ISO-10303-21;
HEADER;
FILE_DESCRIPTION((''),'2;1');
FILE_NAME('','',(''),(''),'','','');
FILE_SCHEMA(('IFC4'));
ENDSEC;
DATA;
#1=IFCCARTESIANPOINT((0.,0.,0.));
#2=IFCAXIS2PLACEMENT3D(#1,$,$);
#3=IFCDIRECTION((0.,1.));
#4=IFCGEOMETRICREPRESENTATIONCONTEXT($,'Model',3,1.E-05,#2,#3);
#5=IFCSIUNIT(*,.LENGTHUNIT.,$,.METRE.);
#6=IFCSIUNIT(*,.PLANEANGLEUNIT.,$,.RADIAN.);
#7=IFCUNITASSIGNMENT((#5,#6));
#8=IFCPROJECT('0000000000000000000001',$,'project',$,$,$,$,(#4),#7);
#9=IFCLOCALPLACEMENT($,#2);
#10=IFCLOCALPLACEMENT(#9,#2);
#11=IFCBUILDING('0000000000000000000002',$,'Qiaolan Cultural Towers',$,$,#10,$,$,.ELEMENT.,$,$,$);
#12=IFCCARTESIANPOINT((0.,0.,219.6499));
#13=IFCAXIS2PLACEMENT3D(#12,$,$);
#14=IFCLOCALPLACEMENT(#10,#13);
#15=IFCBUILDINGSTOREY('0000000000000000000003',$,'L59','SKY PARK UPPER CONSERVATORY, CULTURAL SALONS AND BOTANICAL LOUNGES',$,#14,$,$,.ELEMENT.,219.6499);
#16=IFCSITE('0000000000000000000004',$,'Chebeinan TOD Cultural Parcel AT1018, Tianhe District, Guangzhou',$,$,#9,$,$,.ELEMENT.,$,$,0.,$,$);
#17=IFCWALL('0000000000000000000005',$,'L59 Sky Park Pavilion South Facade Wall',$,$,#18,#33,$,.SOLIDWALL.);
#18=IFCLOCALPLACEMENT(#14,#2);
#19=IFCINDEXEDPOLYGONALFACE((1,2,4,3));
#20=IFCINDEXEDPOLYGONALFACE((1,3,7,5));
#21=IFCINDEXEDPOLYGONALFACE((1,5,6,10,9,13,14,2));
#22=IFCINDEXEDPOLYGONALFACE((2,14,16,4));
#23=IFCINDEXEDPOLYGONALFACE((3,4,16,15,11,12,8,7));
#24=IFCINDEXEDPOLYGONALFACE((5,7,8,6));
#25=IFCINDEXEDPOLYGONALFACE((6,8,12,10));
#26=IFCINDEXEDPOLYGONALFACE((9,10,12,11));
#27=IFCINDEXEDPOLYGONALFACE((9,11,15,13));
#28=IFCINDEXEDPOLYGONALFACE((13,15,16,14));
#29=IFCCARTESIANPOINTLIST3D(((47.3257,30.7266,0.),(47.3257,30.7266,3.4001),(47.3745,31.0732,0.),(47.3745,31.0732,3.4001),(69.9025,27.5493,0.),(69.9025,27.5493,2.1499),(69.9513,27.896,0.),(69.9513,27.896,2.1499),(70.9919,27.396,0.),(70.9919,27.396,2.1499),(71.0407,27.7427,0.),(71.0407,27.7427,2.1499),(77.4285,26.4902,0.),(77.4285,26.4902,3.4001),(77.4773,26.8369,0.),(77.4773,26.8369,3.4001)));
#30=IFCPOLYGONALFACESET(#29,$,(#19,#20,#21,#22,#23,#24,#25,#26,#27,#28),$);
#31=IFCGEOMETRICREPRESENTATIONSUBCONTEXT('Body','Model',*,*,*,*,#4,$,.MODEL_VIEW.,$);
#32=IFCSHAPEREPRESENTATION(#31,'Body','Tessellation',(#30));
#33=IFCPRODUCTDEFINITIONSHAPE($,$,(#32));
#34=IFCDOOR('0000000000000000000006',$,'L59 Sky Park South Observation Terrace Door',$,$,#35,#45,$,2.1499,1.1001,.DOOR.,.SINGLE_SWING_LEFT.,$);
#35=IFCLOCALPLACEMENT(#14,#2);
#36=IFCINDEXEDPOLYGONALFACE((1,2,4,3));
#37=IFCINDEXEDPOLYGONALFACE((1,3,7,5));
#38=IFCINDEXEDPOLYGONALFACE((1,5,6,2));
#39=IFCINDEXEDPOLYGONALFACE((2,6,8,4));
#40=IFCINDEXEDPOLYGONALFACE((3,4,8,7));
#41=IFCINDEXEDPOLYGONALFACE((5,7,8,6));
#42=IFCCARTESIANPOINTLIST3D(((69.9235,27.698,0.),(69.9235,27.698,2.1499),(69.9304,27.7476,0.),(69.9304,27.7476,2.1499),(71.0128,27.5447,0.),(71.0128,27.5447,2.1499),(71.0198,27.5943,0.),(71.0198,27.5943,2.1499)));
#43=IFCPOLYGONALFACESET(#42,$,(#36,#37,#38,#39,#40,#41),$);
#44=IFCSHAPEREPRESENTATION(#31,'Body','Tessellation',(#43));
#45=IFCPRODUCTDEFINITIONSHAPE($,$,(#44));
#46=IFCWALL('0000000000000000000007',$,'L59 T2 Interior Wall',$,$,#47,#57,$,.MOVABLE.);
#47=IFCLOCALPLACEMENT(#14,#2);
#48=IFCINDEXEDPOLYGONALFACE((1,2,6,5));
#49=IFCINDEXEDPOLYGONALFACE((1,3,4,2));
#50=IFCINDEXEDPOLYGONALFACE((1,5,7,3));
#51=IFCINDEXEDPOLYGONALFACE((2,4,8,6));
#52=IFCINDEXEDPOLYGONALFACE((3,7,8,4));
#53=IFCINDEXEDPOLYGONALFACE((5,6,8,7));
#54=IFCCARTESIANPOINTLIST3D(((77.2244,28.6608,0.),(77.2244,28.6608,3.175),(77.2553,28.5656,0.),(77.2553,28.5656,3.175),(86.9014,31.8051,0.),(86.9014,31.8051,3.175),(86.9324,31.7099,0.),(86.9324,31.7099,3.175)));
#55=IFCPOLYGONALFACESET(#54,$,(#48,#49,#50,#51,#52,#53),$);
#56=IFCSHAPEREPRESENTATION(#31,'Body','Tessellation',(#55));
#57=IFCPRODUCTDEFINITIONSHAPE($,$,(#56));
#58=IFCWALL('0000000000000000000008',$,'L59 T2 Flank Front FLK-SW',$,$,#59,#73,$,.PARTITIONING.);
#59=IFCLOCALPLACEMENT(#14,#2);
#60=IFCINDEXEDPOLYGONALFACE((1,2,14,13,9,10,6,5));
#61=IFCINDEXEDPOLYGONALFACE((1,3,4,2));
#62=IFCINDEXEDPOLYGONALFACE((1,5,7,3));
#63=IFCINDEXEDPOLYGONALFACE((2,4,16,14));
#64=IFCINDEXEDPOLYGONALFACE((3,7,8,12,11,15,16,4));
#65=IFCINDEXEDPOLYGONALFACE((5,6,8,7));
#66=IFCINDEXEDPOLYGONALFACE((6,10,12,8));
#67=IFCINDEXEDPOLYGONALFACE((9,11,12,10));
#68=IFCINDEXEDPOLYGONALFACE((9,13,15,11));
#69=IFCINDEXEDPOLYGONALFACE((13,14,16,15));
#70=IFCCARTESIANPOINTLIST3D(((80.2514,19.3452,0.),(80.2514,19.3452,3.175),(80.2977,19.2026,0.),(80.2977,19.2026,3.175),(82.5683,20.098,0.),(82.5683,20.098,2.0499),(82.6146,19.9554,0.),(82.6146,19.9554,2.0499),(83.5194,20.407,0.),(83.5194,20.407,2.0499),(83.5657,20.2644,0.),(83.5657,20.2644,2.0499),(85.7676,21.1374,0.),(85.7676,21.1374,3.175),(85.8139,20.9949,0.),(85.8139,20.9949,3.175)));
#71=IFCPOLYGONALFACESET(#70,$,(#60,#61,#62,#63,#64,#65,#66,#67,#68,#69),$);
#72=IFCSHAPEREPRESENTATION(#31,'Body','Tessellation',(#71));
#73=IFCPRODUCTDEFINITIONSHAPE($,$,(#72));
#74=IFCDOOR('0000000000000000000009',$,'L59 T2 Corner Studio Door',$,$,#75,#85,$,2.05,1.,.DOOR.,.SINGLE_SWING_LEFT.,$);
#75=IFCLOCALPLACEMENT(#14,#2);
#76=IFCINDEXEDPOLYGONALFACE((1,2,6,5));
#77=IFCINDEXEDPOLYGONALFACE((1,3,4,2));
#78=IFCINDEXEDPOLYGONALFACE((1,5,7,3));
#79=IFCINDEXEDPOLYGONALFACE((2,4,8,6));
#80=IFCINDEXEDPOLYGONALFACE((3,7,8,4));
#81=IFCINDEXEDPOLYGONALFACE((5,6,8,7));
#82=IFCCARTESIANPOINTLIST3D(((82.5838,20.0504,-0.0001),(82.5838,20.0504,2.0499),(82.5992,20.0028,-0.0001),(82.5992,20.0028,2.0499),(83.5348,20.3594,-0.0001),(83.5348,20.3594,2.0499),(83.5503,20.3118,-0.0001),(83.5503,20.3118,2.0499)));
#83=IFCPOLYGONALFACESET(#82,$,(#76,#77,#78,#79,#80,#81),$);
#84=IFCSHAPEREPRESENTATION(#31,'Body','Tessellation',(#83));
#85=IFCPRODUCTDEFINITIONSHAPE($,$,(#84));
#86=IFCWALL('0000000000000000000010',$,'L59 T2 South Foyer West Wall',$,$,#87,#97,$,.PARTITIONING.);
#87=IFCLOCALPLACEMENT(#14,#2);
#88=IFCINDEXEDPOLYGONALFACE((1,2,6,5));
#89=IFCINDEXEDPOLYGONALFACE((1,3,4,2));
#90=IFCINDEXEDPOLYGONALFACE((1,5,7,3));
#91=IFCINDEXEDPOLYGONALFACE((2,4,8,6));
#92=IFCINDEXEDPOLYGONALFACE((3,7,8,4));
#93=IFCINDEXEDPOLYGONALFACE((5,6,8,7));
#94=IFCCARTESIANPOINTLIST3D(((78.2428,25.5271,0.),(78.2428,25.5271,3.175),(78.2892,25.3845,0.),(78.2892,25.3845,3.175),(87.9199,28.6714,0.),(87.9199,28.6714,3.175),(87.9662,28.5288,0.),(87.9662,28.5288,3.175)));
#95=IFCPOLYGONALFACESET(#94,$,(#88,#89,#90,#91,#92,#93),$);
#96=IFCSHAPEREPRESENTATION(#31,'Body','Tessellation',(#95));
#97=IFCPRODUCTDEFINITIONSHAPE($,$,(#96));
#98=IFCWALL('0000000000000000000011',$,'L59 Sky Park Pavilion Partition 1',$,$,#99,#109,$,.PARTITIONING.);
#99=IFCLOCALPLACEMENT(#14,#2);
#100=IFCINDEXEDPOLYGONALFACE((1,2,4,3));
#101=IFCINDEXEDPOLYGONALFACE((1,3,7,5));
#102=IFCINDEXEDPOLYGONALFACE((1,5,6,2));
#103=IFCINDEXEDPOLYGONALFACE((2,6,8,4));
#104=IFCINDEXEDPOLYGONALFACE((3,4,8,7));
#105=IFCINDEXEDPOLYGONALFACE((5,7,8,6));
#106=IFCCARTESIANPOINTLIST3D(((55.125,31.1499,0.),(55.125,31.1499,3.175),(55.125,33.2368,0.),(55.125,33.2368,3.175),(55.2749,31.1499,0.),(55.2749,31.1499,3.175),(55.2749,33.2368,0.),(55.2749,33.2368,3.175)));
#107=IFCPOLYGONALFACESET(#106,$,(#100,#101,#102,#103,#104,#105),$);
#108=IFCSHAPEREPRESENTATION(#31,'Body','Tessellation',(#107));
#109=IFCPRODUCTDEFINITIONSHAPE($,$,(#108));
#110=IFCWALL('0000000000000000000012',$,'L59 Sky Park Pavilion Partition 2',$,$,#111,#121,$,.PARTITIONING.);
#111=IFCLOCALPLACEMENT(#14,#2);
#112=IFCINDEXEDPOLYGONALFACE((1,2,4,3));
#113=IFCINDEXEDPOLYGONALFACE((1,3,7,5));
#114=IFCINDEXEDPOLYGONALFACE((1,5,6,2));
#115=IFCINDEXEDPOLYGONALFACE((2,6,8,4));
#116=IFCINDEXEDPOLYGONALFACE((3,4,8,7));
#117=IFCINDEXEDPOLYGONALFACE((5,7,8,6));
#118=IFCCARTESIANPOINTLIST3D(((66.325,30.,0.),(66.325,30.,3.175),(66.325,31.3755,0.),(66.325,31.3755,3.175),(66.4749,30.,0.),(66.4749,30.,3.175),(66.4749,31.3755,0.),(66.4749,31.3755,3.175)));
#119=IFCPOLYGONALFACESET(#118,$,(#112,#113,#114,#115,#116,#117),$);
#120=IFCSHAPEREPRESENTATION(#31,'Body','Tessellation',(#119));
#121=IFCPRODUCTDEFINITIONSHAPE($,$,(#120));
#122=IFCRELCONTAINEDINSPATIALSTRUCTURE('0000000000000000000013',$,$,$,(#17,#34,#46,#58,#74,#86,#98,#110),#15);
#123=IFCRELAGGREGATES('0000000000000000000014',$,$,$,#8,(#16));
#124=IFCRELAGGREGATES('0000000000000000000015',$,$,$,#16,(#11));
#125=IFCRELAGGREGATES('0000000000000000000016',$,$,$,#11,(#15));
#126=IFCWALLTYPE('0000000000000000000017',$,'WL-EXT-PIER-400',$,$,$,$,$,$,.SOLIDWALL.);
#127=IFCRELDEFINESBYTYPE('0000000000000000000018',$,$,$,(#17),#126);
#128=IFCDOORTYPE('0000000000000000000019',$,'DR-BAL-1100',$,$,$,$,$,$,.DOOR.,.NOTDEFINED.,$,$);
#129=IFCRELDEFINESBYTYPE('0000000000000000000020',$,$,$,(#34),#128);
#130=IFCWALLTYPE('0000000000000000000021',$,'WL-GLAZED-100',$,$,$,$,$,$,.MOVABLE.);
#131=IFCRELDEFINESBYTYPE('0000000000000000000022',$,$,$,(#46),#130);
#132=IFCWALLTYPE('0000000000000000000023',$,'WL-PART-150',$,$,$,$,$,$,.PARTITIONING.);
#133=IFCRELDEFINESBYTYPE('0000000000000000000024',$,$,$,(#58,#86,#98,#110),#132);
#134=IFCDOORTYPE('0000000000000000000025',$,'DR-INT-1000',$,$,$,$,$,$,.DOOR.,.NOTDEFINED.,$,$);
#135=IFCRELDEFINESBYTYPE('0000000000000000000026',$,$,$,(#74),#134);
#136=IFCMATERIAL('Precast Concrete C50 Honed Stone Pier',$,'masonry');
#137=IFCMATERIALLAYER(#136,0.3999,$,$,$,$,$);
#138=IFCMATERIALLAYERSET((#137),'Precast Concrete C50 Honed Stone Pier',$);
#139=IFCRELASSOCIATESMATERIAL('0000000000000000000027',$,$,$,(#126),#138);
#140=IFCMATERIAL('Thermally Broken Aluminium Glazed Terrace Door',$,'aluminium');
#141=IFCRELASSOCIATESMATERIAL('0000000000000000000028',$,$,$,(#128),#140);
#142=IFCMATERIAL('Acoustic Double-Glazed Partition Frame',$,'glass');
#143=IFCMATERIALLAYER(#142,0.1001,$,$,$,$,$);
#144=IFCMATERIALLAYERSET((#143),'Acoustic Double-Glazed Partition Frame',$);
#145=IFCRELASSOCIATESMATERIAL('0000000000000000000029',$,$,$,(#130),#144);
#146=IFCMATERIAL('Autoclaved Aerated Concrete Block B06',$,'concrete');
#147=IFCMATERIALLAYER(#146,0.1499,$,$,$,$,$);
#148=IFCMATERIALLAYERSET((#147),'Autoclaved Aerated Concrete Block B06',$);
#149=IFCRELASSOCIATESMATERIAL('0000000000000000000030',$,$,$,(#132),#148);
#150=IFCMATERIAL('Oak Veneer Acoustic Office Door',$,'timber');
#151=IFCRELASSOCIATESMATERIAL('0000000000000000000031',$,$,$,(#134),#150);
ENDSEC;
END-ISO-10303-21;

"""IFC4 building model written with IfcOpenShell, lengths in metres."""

from ifc_helpers import new_model, si_unit, direction, frame, frame_2d, origin, place, context, subcontext, project, spatial, rectangle, extrude, material, layer, layer_set, type_object, element, fill, save


model = new_model("IFC4")

# Units and contexts
model_context = context("Model", 3, precision=1e-05, world=origin(), true_north=direction((0.0, 1.0)))
body_context = subcontext(model_context, "Body", "Model", "MODEL_VIEW")
ifc_project = project(units=[si_unit("LENGTHUNIT", "METRE"), si_unit("PLANEANGLEUNIT", "RADIAN")], contexts=[model_context])

# Site, building, storey
site_placement = place(None, origin())
site = spatial("IfcSite", under=ifc_project, at=site_placement, Name="Chebeinan TOD Cultural Parcel AT1018, Tianhe District, Guangzhou", CompositionType="ELEMENT", RefElevation=0.0)
building_placement = place(site_placement, origin())
building = spatial("IfcBuilding", under=site, at=building_placement, Name="Qiaolan Cultural Towers", CompositionType="ELEMENT")
storey_placement = place(building_placement, frame((0.0, 0.0, 219.6499)))
storey = spatial("IfcBuildingStorey", under=building, at=storey_placement, Name="L59", Description="SKY PARK UPPER CONSERVATORY, CULTURAL SALONS AND BOTANICAL LOUNGES", CompositionType="ELEMENT", Elevation=219.6499)

# Shared definitions
ifc_material_1 = material(Name="Precast Concrete C50 Honed Stone Pier", Category="masonry")
ifc_layer_1 = layer(ifc_material_1, 0.3999)
ifc_layer_set_1 = layer_set([ifc_layer_1], Name="Precast Concrete C50 Honed Stone Pier")
wall_type_1 = type_object("IfcWallType", Name="WL-EXT-PIER-400", PredefinedType="SOLIDWALL", material=ifc_layer_set_1)

# Wall, opening, door
wall_1_placement = place(storey_placement, frame((77.4529, 26.6636, 0.0), z_axis=(0.0, 0.0, 1.0), x_axis=(-0.990242, 0.139356, 0.0)))
wall_1 = element("IfcWall", 1, at=wall_1_placement, inside=storey, type_object=wall_type_1, Name="L59 Sky Park Pavilion South Facade Wall", PredefinedType="SOLIDWALL", context=body_context, shape_type="SweptSolid", body=[
    extrude(rectangle(XDim=30.3994, YDim=0.3501, at=frame_2d((15.1997, 0.0))), origin(), (0.0, 0.0, 1.0), 3.4001),
])
opening_1_placement = place(wall_1_placement, frame((6.5, 0.0, 0.0)))
opening_1 = element("IfcOpeningElement", 2, at=opening_1_placement, cuts=wall_1, PredefinedType="OPENING", context=body_context, shape_type="SweptSolid", body=[
    extrude(rectangle(XDim=1.1001, YDim=2.1499, at=frame_2d((0.55, 1.075))), frame((0.0, 0.1851, 0.0), z_axis=(0.0, -1.0, 0.0), x_axis=(1.0, 0.0, 0.0)), (0.0, 0.0, 1.0), 0.3701),
])
ifc_material_2 = material(Name="Thermally Broken Aluminium Glazed Terrace Door", Category="aluminium")
door_type_1 = type_object("IfcDoorType", Name="DR-BAL-1100", OperationType="NOTDEFINED", PredefinedType="DOOR", material=ifc_material_2)
door_1_placement = place(opening_1_placement, origin())
door_1 = element("IfcDoor", 3, at=door_1_placement, inside=storey, type_object=door_type_1, Name="L59 Sky Park South Observation Terrace Door", OperationType="SINGLE_SWING_LEFT", OverallHeight=2.1499, OverallWidth=1.1001, PredefinedType="DOOR", context=body_context, shape_type="SweptSolid", body=[
    extrude(rectangle(XDim=1.1001, YDim=2.1499, at=frame_2d((0.55, 1.075))), frame((0.0, 0.0249, 0.0), z_axis=(0.0, -1.0, 0.0), x_axis=(1.0, 0.0, 0.0)), (0.0, 0.0, 1.0), 0.05),
])
fill(opening_1, door_1)

# Wall
ifc_material_3 = material(Name="Acoustic Double-Glazed Partition Frame", Category="glass")
ifc_layer_2 = layer(ifc_material_3, 0.1001)
ifc_layer_set_2 = layer_set([ifc_layer_2], Name="Acoustic Double-Glazed Partition Frame")
wall_type_2 = type_object("IfcWallType", Name="WL-GLAZED-100", PredefinedType="MOVABLE", material=ifc_layer_set_2)
wall_2_placement = place(storey_placement, frame((77.24, 28.6133, 0.0), z_axis=(0.0, 0.0, 1.0), x_axis=(0.951055, 0.30902, 0.0)))
element("IfcWall", 4, at=wall_2_placement, inside=storey, type_object=wall_type_2, Name="L59 T2 Interior Wall", PredefinedType="MOVABLE", context=body_context, shape_type="SweptSolid", body=[
    extrude(rectangle(XDim=10.175, YDim=0.1001, at=frame_2d((5.0874, 0.0))), origin(), (0.0, 0.0, 1.0), 3.175),
])

# Wall, opening, door
ifc_material_4 = material(Name="Autoclaved Aerated Concrete Block B06", Category="concrete")
ifc_layer_3 = layer(ifc_material_4, 0.1499)
ifc_layer_set_3 = layer_set([ifc_layer_3], Name="Autoclaved Aerated Concrete Block B06")
wall_type_3 = type_object("IfcWallType", Name="WL-PART-150", PredefinedType="PARTITIONING", material=ifc_layer_set_3)
wall_3_placement = place(storey_placement, frame((80.2747, 19.2739, 0.0), z_axis=(0.0, 0.0, 1.0), x_axis=(0.951059, 0.309008, 0.0)))
wall_3 = element("IfcWall", 5, at=wall_3_placement, inside=storey, type_object=wall_type_3, Name="L59 T2 Flank Front FLK-SW", PredefinedType="PARTITIONING", context=body_context, shape_type="SweptSolid", body=[
    extrude(rectangle(XDim=5.8, YDim=0.1499, at=frame_2d((2.8999, 0.0))), origin(), (0.0, 0.0, 1.0), 3.175),
])
opening_2_placement = place(wall_3_placement, frame((2.436, 0.0, 0.0)))
opening_2 = element("IfcOpeningElement", 6, at=opening_2_placement, cuts=wall_3, PredefinedType="OPENING", context=body_context, shape_type="SweptSolid", body=[
    extrude(rectangle(XDim=1.0, YDim=2.05, at=frame_2d((0.5, 1.0249))), frame((0.0, 0.085, 0.0), z_axis=(0.0, -1.0, 0.0), x_axis=(1.0, 0.0, 0.0)), (0.0, 0.0, 1.0), 0.1699),
])
ifc_material_5 = material(Name="Oak Veneer Acoustic Office Door", Category="timber")
door_type_2 = type_object("IfcDoorType", Name="DR-INT-1000", OperationType="NOTDEFINED", PredefinedType="DOOR", material=ifc_material_5)
door_2_placement = place(opening_2_placement, origin())
door_2 = element("IfcDoor", 7, at=door_2_placement, inside=storey, type_object=door_type_2, Name="L59 T2 Corner Studio Door", OperationType="SINGLE_SWING_LEFT", OverallHeight=2.05, OverallWidth=1.0, PredefinedType="DOOR", context=body_context, shape_type="SweptSolid", body=[
    extrude(rectangle(XDim=1.0, YDim=2.05, at=frame_2d((0.5, 1.0249))), frame((0.0, 0.0249, 0.0), z_axis=(0.0, -1.0, 0.0), x_axis=(1.0, 0.0, 0.0)), (0.0, 0.0, 1.0), 0.05),
])
fill(opening_2, door_2)

# Walls
wall_4_placement = place(storey_placement, frame((78.2661, 25.4558, 0.0), z_axis=(0.0, 0.0, 1.0), x_axis=(0.951055, 0.30902, 0.0)))
element("IfcWall", 8, at=wall_4_placement, inside=storey, type_object=wall_type_3, Name="L59 T2 South Foyer West Wall", PredefinedType="PARTITIONING", context=body_context, shape_type="SweptSolid", body=[
    extrude(rectangle(XDim=10.175, YDim=0.1499, at=frame_2d((5.0874, 0.0))), origin(), (0.0, 0.0, 1.0), 3.175),
])
wall_5_placement = place(storey_placement, frame((55.2, 31.1499, 0.0), z_axis=(0.0, 0.0, 1.0), x_axis=(0.0, 1.0, 0.0)))
element("IfcWall", 9, at=wall_5_placement, inside=storey, type_object=wall_type_3, Name="L59 Sky Park Pavilion Partition 1", PredefinedType="PARTITIONING", context=body_context, shape_type="SweptSolid", body=[
    extrude(rectangle(XDim=2.0869, YDim=0.1499, at=frame_2d((1.0435, 0.0))), origin(), (0.0, 0.0, 1.0), 3.175),
])
wall_6_placement = place(storey_placement, frame((66.3999, 30.0, 0.0), z_axis=(0.0, 0.0, 1.0), x_axis=(0.0, 1.0, 0.0)))
element("IfcWall", 10, at=wall_6_placement, inside=storey, type_object=wall_type_3, Name="L59 Sky Park Pavilion Partition 2", PredefinedType="PARTITIONING", context=body_context, shape_type="SweptSolid", body=[
    extrude(rectangle(XDim=1.3755, YDim=0.1499, at=frame_2d((0.6877, 0.0))), origin(), (0.0, 0.0, 1.0), 3.175),
])

save(model, "model.ifc")
